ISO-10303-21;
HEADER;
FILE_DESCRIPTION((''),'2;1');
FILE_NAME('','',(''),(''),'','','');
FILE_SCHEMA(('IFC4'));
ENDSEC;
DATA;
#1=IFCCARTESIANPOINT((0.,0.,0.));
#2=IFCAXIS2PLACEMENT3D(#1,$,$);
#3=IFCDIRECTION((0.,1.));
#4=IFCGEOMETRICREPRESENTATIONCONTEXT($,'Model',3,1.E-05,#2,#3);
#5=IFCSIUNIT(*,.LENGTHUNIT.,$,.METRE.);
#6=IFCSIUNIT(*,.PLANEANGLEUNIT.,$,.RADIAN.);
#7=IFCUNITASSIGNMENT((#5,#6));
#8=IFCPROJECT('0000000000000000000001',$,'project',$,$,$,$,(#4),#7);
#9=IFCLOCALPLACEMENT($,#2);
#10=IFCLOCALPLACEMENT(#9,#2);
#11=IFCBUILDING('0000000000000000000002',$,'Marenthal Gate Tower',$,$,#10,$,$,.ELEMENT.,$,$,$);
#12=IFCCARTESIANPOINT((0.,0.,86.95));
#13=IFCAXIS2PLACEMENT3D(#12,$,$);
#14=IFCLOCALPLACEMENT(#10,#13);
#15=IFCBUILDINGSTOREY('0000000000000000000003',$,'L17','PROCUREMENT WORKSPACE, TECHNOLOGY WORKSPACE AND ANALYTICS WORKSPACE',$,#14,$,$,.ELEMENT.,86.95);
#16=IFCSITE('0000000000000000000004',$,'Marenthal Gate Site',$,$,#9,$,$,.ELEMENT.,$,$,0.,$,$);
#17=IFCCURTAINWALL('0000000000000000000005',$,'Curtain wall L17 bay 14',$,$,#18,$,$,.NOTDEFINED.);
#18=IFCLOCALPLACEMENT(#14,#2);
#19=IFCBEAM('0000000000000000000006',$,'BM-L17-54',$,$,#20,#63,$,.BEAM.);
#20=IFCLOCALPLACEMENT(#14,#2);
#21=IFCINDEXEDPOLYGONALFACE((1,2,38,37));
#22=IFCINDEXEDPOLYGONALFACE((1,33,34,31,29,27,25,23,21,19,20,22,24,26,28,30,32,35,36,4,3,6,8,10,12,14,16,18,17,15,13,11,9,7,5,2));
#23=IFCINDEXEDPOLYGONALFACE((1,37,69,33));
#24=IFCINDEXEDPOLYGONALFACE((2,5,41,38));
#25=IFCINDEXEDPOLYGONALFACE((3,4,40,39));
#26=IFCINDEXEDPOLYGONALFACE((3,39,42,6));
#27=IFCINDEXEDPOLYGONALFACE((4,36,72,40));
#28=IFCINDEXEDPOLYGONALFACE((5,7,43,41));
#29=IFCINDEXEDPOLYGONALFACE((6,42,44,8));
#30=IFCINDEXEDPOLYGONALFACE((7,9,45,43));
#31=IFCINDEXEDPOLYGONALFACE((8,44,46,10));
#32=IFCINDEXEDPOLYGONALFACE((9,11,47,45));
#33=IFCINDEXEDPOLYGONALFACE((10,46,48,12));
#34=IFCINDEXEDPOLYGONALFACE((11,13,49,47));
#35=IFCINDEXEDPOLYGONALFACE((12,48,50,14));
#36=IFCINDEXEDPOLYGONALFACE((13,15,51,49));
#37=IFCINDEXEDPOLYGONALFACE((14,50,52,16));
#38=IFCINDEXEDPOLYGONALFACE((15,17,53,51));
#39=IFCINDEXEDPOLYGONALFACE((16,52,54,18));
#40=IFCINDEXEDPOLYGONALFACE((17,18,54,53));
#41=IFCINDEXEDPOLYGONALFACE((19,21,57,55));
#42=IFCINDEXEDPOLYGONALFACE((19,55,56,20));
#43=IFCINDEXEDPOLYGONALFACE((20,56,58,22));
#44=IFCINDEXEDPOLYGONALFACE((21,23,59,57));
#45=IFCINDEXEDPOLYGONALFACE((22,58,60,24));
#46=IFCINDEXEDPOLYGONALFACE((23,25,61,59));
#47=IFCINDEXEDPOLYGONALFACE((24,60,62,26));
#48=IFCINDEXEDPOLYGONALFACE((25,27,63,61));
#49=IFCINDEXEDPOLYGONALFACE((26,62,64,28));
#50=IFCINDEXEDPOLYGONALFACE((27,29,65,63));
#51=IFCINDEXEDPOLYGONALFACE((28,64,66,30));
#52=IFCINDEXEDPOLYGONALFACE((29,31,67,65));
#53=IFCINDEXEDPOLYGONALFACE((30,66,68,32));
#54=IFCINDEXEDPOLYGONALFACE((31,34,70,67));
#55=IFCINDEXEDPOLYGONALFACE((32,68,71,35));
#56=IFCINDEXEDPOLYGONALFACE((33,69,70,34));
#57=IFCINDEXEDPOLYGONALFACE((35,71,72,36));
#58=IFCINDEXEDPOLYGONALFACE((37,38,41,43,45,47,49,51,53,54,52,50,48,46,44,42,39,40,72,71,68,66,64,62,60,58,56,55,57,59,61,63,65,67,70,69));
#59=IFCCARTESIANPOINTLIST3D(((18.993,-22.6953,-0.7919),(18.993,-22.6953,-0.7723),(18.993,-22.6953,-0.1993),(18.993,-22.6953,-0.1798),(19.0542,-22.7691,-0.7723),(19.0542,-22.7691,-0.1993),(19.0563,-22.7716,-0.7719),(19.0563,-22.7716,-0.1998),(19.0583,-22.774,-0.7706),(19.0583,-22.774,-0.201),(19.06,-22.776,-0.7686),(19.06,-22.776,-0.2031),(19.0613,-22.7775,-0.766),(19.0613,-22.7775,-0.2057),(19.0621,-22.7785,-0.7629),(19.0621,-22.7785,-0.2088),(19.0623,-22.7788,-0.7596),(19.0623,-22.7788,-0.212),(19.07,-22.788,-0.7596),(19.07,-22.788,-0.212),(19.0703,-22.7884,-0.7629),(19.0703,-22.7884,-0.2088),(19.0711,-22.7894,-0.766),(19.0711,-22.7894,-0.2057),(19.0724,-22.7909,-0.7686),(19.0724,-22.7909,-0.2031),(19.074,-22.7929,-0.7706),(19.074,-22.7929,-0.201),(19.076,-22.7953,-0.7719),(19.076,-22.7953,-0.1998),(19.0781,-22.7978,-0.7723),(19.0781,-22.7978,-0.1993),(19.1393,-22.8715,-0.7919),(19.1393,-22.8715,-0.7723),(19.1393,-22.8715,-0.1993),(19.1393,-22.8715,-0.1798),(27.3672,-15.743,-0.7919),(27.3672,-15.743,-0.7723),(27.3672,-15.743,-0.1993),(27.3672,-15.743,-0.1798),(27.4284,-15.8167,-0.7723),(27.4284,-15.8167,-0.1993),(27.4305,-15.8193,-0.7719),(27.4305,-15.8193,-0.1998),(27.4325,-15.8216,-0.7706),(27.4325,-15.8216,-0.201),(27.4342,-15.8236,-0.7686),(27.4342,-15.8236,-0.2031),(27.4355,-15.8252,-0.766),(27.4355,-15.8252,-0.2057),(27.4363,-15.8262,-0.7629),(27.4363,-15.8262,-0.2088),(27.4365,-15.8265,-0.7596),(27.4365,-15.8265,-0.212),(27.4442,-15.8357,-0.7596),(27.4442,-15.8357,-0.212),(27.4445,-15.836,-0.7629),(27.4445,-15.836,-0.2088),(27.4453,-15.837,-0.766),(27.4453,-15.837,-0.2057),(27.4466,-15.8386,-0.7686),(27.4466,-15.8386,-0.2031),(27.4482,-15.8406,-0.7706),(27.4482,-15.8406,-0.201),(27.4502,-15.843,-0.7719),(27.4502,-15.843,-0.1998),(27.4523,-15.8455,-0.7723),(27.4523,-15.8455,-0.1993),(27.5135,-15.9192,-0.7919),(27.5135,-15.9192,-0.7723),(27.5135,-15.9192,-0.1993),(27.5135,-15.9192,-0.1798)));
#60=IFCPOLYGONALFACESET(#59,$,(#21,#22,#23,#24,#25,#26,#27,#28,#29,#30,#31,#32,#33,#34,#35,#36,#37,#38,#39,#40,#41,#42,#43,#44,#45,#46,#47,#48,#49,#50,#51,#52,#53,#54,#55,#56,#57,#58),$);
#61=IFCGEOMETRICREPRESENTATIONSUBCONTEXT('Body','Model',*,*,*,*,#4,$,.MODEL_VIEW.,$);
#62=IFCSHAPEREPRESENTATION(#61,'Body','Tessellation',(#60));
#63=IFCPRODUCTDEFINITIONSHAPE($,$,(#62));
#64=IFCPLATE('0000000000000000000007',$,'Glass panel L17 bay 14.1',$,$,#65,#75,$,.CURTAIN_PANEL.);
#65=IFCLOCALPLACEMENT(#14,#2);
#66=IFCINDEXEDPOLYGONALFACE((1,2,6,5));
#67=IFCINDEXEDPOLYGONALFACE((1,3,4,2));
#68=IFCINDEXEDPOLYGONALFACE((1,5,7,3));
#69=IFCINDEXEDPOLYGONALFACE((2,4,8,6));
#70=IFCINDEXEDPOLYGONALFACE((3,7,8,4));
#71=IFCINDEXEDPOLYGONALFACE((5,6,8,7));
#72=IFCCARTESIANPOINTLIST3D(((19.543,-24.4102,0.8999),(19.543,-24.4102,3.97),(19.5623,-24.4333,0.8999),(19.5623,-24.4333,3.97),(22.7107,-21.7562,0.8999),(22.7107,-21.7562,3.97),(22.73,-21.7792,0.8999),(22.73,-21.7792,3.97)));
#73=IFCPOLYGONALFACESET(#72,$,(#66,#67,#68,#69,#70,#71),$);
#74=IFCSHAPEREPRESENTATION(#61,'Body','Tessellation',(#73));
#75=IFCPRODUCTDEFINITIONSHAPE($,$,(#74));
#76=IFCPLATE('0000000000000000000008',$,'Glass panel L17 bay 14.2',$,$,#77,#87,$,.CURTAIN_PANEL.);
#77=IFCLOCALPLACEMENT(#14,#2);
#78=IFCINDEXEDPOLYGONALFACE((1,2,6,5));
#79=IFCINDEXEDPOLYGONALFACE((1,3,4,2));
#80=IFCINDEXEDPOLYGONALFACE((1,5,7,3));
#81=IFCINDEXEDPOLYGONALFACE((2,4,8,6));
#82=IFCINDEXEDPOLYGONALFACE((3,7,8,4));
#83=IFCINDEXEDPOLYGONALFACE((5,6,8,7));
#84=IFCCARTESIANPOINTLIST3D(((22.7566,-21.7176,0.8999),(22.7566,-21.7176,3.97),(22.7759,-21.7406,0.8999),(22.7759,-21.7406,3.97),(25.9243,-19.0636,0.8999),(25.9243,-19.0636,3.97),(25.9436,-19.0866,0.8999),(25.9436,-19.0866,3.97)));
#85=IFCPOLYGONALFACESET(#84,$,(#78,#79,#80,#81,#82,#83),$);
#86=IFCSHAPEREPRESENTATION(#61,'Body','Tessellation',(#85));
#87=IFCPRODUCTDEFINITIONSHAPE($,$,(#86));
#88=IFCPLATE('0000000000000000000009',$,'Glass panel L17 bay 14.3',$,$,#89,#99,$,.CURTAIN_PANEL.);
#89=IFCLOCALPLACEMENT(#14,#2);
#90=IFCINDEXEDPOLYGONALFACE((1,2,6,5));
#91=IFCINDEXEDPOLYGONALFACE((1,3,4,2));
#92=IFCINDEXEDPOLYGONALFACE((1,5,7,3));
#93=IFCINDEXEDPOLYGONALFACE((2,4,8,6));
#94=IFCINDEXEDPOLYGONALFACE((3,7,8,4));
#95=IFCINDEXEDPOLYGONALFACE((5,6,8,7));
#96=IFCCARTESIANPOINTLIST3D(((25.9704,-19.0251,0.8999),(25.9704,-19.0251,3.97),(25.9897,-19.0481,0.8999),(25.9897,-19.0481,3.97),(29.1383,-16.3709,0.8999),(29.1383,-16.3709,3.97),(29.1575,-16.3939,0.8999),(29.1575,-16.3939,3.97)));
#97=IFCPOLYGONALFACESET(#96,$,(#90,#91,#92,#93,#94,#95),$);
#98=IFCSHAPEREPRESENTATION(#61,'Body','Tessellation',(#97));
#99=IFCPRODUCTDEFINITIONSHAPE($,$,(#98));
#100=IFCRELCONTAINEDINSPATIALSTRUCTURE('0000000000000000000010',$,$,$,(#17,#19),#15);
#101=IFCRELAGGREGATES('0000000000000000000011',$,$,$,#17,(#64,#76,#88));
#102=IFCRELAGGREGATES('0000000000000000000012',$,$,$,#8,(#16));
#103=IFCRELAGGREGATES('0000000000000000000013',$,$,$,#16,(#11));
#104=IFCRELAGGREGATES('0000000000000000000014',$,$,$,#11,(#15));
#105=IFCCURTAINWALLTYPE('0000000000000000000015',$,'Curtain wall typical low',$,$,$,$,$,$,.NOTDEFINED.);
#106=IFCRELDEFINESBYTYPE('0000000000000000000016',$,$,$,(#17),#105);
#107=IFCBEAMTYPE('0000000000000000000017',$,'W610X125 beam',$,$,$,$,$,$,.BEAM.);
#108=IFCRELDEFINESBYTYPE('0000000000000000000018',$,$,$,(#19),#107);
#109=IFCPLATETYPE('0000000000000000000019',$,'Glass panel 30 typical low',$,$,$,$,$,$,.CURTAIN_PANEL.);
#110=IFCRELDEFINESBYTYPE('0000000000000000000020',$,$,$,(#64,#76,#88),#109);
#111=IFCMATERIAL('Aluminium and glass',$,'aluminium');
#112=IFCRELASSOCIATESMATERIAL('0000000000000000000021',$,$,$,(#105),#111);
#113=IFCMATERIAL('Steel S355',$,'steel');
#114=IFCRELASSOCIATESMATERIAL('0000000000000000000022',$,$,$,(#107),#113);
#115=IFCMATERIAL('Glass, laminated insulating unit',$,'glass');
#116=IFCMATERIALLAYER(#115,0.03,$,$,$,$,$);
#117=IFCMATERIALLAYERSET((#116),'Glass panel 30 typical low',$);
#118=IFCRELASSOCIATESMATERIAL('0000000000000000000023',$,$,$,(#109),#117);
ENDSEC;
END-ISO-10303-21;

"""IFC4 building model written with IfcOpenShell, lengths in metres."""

from ifc_helpers import new_model, si_unit, direction, frame, origin, origin_2d, place, context, subcontext, project, spatial, rectangle, i_section, extrude, material, layer, layer_set, material_profile, profile_set, type_object, element, aggregate, save


model = new_model("IFC4")

# Units and contexts
model_context = context("Model", 3, precision=1e-05, world=origin(), true_north=direction((0.0, 1.0)))
body_context = subcontext(model_context, "Body", "Model", "MODEL_VIEW")
ifc_project = project(units=[si_unit("LENGTHUNIT", "METRE"), si_unit("PLANEANGLEUNIT", "RADIAN")], contexts=[model_context])

# Site, building, storey
site_placement = place(None, origin())
site = spatial("IfcSite", under=ifc_project, at=site_placement, Name="Marenthal Gate Site", CompositionType="ELEMENT", RefElevation=0.0)
building_placement = place(site_placement, origin())
building = spatial("IfcBuilding", under=site, at=building_placement, Name="Marenthal Gate Tower", CompositionType="ELEMENT")
storey_placement = place(building_placement, frame((0.0, 0.0, 86.95)))
storey = spatial("IfcBuildingStorey", under=building, at=storey_placement, Name="L17", Description="PROCUREMENT WORKSPACE, TECHNOLOGY WORKSPACE AND ANALYTICS WORKSPACE", CompositionType="ELEMENT", Elevation=86.95)

# Curtain wall
ifc_material_1 = material(Name="Aluminium and glass", Category="aluminium")
curtain_wall_type = type_object("IfcCurtainWallType", Name="Curtain wall typical low", PredefinedType="NOTDEFINED", material=ifc_material_1)
curtain_wall_placement = place(storey_placement, origin())
curtain_wall = element("IfcCurtainWall", 1, at=curtain_wall_placement, inside=storey, type_object=curtain_wall_type, Name="Curtain wall L17 bay 14", PredefinedType="NOTDEFINED")

# Beam
ifc_material_2 = material(Name="Steel S355", Category="steel")
ifc_material_profile_1 = material_profile(ifc_material_2, i_section(OverallWidth=0.229, OverallDepth=0.6121, WebThickness=0.012, FlangeThickness=0.0195, FilletRadius=0.0127, at=origin_2d()), Name="W610X125")
ifc_profile_set_1 = profile_set([ifc_material_profile_1], Name="Steel S355")
beam_type_1 = type_object("IfcBeamType", Name="W610X125 beam", PredefinedType="BEAM", material=ifc_profile_set_1)
beam_1_placement = place(storey_placement, frame((19.0662, -22.7834, -0.4858), z_axis=(0.769402, 0.638765, 0.0), x_axis=(-0.638765, 0.769402, 0.0)))
element("IfcBeam", 2, at=beam_1_placement, inside=storey, type_object=beam_type_1, Name="BM-L17-54", PredefinedType="BEAM", context=body_context, shape_type="SweptSolid", body=[
    extrude(i_section(OverallWidth=0.229, OverallDepth=0.6121, WebThickness=0.012, FlangeThickness=0.0195, FilletRadius=0.0127, at=origin_2d()), origin(), (0.0, 0.0, 1.0), 10.884),
])

# Plates
ifc_material_3 = material(Name="Glass, laminated insulating unit", Category="glass")
ifc_layer_1 = layer(ifc_material_3, 0.03)
ifc_layer_set_1 = layer_set([ifc_layer_1], Name="Glass panel 30 typical low")
plate_type = type_object("IfcPlateType", Name="Glass panel 30 typical low", PredefinedType="CURTAIN_PANEL", material=ifc_layer_set_1)
plate_1_placement = place(storey_placement, frame((21.1365, -23.0947, 0.8999), z_axis=(0.0, 0.0, 1.0), x_axis=(0.766513, 0.642228, 0.0)))
plate_1 = element("IfcPlate", 3, at=plate_1_placement, type_object=plate_type, Name="Glass panel L17 bay 14.1", PredefinedType="CURTAIN_PANEL", context=body_context, shape_type="SweptSolid", body=[
    extrude(rectangle(XDim=4.1326, YDim=0.03, at=origin_2d()), origin(), (0.0, 0.0, 1.0), 3.0701),
])
plate_2_placement = place(storey_placement, frame((24.3501, -20.4021, 0.8999), z_axis=(0.0, 0.0, 1.0), x_axis=(0.766513, 0.642228, 0.0)))
plate_2 = element("IfcPlate", 4, at=plate_2_placement, type_object=plate_type, Name="Glass panel L17 bay 14.2", PredefinedType="CURTAIN_PANEL", context=body_context, shape_type="SweptSolid", body=[
    extrude(rectangle(XDim=4.1326, YDim=0.03, at=origin_2d()), origin(), (0.0, 0.0, 1.0), 3.0701),
])
plate_3_placement = place(storey_placement, frame((27.564, -17.7095, 0.8999), z_axis=(0.0, 0.0, 1.0), x_axis=(0.766513, 0.642228, 0.0)))
plate_3 = element("IfcPlate", 5, at=plate_3_placement, type_object=plate_type, Name="Glass panel L17 bay 14.3", PredefinedType="CURTAIN_PANEL", context=body_context, shape_type="SweptSolid", body=[
    extrude(rectangle(XDim=4.1328, YDim=0.03, at=origin_2d()), origin(), (0.0, 0.0, 1.0), 3.0701),
])
aggregate(curtain_wall, [plate_1, plate_2, plate_3])

save(model, "model.ifc")
